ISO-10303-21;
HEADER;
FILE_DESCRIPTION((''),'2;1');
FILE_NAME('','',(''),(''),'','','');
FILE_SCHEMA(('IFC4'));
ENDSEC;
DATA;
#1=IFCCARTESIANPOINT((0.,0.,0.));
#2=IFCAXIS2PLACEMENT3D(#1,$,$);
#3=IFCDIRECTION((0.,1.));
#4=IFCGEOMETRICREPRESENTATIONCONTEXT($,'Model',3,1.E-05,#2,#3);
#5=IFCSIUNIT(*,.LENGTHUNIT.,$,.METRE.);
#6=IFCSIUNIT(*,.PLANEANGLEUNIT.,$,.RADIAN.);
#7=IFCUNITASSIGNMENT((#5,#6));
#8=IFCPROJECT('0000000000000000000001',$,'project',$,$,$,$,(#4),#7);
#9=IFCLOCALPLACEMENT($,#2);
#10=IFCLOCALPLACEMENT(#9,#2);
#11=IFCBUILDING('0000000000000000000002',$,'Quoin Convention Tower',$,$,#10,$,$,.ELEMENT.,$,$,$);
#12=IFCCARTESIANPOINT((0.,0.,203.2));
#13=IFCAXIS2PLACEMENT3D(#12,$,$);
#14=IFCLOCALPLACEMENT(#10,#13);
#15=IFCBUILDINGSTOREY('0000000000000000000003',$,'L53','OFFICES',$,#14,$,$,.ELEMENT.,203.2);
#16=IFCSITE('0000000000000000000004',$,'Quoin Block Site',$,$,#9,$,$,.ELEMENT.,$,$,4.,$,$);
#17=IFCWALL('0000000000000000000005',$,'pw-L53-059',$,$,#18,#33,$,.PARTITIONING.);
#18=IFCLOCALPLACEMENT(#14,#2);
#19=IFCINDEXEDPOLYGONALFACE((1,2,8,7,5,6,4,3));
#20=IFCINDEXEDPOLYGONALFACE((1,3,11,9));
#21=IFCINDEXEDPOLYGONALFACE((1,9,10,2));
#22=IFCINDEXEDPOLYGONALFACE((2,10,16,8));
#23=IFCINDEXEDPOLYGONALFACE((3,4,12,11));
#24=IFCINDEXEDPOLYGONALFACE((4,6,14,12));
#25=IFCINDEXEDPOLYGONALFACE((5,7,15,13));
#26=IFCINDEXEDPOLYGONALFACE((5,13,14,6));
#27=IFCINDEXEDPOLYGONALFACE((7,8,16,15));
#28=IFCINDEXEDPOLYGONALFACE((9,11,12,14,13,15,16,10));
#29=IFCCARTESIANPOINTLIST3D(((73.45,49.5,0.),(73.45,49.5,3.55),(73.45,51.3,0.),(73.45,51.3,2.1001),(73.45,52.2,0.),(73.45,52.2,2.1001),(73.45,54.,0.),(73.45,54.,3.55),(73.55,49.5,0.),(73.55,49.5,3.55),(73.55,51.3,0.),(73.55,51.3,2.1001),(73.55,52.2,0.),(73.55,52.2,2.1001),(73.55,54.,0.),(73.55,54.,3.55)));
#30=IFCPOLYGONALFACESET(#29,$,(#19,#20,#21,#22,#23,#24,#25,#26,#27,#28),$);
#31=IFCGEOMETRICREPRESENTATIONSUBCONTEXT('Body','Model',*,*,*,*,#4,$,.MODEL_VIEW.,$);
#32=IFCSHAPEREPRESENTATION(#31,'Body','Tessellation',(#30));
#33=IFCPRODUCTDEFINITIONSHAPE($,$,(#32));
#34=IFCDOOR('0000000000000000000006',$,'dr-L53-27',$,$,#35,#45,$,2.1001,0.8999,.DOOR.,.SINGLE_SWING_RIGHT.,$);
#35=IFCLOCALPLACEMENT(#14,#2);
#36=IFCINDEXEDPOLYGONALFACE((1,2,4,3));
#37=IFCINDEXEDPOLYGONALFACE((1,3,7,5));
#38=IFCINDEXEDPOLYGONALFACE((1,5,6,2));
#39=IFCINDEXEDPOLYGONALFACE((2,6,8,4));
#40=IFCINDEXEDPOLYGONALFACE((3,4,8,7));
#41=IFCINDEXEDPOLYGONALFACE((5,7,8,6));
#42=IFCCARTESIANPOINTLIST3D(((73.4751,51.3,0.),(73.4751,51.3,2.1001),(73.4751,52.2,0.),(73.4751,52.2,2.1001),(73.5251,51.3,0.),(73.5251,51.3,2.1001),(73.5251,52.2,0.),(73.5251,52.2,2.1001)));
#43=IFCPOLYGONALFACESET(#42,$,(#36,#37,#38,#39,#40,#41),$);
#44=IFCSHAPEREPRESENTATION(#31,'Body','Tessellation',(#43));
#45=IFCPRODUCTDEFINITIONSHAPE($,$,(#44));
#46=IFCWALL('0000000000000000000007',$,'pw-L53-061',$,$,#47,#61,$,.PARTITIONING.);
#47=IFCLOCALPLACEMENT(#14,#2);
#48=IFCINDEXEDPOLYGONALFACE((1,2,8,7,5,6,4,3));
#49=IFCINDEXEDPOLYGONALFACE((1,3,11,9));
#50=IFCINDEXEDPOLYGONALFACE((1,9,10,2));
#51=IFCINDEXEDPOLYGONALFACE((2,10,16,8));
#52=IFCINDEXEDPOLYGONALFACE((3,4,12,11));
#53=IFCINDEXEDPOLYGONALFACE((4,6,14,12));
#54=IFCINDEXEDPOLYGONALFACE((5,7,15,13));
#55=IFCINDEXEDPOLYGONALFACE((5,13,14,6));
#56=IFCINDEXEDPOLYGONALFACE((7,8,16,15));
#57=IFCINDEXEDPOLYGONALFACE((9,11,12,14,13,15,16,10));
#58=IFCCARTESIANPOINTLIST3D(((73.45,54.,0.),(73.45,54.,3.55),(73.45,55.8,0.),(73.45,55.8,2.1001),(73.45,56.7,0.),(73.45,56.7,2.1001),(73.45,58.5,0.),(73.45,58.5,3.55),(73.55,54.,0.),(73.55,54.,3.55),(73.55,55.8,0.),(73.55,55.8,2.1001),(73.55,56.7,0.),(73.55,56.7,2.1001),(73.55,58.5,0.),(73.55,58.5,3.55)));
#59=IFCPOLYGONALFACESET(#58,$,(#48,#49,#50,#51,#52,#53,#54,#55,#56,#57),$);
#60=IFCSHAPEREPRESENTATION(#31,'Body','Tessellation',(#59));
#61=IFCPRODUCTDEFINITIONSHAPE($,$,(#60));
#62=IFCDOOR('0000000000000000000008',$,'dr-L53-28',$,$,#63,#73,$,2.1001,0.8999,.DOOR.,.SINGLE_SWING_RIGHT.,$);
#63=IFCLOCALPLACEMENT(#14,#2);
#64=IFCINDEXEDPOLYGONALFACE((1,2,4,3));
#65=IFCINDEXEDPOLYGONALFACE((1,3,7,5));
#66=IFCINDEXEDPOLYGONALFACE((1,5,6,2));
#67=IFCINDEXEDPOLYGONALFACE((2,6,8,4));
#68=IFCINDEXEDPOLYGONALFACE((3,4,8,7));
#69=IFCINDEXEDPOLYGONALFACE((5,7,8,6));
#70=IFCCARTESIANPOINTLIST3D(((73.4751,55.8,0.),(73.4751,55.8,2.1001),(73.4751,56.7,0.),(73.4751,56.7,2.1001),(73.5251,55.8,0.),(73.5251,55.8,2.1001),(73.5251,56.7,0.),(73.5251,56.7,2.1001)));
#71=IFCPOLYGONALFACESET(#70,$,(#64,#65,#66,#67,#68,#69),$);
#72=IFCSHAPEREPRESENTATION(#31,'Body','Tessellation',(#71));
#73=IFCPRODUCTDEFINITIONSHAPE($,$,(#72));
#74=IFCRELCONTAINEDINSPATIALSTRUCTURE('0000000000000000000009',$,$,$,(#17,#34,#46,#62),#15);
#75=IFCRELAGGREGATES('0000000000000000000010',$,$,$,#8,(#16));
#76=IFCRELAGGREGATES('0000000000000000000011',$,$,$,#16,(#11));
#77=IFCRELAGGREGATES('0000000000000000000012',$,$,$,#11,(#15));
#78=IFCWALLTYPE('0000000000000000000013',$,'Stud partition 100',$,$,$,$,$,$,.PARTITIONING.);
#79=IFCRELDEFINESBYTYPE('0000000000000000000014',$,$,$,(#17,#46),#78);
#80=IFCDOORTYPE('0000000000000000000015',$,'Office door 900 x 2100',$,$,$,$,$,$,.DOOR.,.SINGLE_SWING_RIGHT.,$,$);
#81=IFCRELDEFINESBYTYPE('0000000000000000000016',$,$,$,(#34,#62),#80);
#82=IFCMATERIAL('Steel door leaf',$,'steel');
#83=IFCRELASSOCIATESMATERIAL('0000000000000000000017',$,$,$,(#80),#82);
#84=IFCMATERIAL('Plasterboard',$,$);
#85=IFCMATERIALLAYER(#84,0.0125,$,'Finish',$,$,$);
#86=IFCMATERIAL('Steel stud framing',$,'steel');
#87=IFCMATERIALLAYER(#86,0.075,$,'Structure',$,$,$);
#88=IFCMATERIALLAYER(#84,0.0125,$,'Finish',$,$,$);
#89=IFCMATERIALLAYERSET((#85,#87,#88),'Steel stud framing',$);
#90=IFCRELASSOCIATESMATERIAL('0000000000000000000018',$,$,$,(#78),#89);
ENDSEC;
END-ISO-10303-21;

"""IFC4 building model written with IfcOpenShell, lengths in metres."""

from ifc_helpers import new_model, si_unit, direction, frame, frame_2d, origin, place, context, subcontext, project, spatial, rectangle, extrude, material, layer, layer_set, type_object, element, fill, save


model = new_model("IFC4")

# Units and contexts
model_context = context("Model", 3, precision=1e-05, world=origin(), true_north=direction((0.0, 1.0)))
body_context = subcontext(model_context, "Body", "Model", "MODEL_VIEW")
ifc_project = project(units=[si_unit("LENGTHUNIT", "METRE"), si_unit("PLANEANGLEUNIT", "RADIAN")], contexts=[model_context])

# Site, building, storey
site_placement = place(None, origin())
site = spatial("IfcSite", under=ifc_project, at=site_placement, Name="Quoin Block Site", CompositionType="ELEMENT", RefElevation=4.0)
building_placement = place(site_placement, origin())
building = spatial("IfcBuilding", under=site, at=building_placement, Name="Quoin Convention Tower", CompositionType="ELEMENT")
storey_placement = place(building_placement, frame((0.0, 0.0, 203.2)))
storey = spatial("IfcBuildingStorey", under=building, at=storey_placement, Name="L53", Description="OFFICES", CompositionType="ELEMENT", Elevation=203.2)

# Shared definitions
ifc_material_1 = material(Name="Plasterboard")
ifc_material_2 = material(Name="Steel stud framing", Category="steel")
ifc_material_3 = material(Name="Steel door leaf", Category="steel")
door_type_1 = type_object("IfcDoorType", Name="Office door 900 x 2100", OperationType="SINGLE_SWING_RIGHT", PredefinedType="DOOR", material=ifc_material_3)

# Shared definitions
ifc_layer_1 = layer(ifc_material_1, 0.0125, Name="Finish")
ifc_layer_2 = layer(ifc_material_2, 0.075, Name="Structure")
ifc_layer_3 = layer(ifc_material_1, 0.0125, Name="Finish")
ifc_layer_set_1 = layer_set([ifc_layer_1, ifc_layer_2, ifc_layer_3], Name="Steel stud framing")
wall_type_1 = type_object("IfcWallType", Name="Stud partition 100", PredefinedType="PARTITIONING", material=ifc_layer_set_1)

# Walls, openings, doors
wall_1_placement = place(storey_placement, frame((73.5, 49.5, 0.0), z_axis=(0.0, 0.0, 1.0), x_axis=(0.0, 1.0, 0.0)))
wall_1 = element("IfcWall", 1, at=wall_1_placement, inside=storey, type_object=wall_type_1, Name="pw-L53-059", PredefinedType="PARTITIONING", context=body_context, shape_type="SweptSolid", body=[
    extrude(rectangle(XDim=4.5, YDim=0.1001, at=frame_2d((2.25, 0.0))), origin(), (0.0, 0.0, 1.0), 3.55),
])
opening_1_placement = place(wall_1_placement, frame((1.8, 0.0, 0.0)))
opening_1 = element("IfcOpeningElement", 2, at=opening_1_placement, cuts=wall_1, PredefinedType="OPENING", context=body_context, shape_type="SweptSolid", body=[
    extrude(rectangle(XDim=0.8999, YDim=2.1001, at=frame_2d((0.45, 1.05))), frame((0.0, 0.0601, 0.0), z_axis=(0.0, -1.0, 0.0), x_axis=(1.0, 0.0, 0.0)), (0.0, 0.0, 1.0), 0.1201),
])
door_1_placement = place(opening_1_placement, origin())
door_1 = element("IfcDoor", 3, at=door_1_placement, inside=storey, type_object=door_type_1, Name="dr-L53-27", OperationType="SINGLE_SWING_RIGHT", OverallHeight=2.1001, OverallWidth=0.8999, PredefinedType="DOOR", context=body_context, shape_type="SweptSolid", body=[
    extrude(rectangle(XDim=0.8999, YDim=2.1001, at=frame_2d((0.45, 1.05))), frame((0.0, 0.0249, 0.0), z_axis=(0.0, -1.0, 0.0), x_axis=(1.0, 0.0, 0.0)), (0.0, 0.0, 1.0), 0.05),
])
fill(opening_1, door_1)
wall_2_placement = place(storey_placement, frame((73.5, 54.0, 0.0), z_axis=(0.0, 0.0, 1.0), x_axis=(0.0, 1.0, 0.0)))
wall_2 = element("IfcWall", 4, at=wall_2_placement, inside=storey, type_object=wall_type_1, Name="pw-L53-061", PredefinedType="PARTITIONING", context=body_context, shape_type="SweptSolid", body=[
    extrude(rectangle(XDim=4.5, YDim=0.1001, at=frame_2d((2.25, 0.0))), origin(), (0.0, 0.0, 1.0), 3.55),
])
opening_2_placement = place(wall_2_placement, frame((1.8, 0.0, 0.0)))
opening_2 = element("IfcOpeningElement", 5, at=opening_2_placement, cuts=wall_2, PredefinedType="OPENING", context=body_context, shape_type="SweptSolid", body=[
    extrude(rectangle(XDim=0.8999, YDim=2.1001, at=frame_2d((0.45, 1.05))), frame((0.0, 0.0601, 0.0), z_axis=(0.0, -1.0, 0.0), x_axis=(1.0, 0.0, 0.0)), (0.0, 0.0, 1.0), 0.1201),
])
door_2_placement = place(opening_2_placement, origin())
door_2 = element("IfcDoor", 6, at=door_2_placement, inside=storey, type_object=door_type_1, Name="dr-L53-28", OperationType="SINGLE_SWING_RIGHT", OverallHeight=2.1001, OverallWidth=0.8999, PredefinedType="DOOR", context=body_context, shape_type="SweptSolid", body=[
    extrude(rectangle(XDim=0.8999, YDim=2.1001, at=frame_2d((0.45, 1.05))), frame((0.0, 0.0249, 0.0), z_axis=(0.0, -1.0, 0.0), x_axis=(1.0, 0.0, 0.0)), (0.0, 0.0, 1.0), 0.05),
])
fill(opening_2, door_2)

save(model, "model.ifc")
